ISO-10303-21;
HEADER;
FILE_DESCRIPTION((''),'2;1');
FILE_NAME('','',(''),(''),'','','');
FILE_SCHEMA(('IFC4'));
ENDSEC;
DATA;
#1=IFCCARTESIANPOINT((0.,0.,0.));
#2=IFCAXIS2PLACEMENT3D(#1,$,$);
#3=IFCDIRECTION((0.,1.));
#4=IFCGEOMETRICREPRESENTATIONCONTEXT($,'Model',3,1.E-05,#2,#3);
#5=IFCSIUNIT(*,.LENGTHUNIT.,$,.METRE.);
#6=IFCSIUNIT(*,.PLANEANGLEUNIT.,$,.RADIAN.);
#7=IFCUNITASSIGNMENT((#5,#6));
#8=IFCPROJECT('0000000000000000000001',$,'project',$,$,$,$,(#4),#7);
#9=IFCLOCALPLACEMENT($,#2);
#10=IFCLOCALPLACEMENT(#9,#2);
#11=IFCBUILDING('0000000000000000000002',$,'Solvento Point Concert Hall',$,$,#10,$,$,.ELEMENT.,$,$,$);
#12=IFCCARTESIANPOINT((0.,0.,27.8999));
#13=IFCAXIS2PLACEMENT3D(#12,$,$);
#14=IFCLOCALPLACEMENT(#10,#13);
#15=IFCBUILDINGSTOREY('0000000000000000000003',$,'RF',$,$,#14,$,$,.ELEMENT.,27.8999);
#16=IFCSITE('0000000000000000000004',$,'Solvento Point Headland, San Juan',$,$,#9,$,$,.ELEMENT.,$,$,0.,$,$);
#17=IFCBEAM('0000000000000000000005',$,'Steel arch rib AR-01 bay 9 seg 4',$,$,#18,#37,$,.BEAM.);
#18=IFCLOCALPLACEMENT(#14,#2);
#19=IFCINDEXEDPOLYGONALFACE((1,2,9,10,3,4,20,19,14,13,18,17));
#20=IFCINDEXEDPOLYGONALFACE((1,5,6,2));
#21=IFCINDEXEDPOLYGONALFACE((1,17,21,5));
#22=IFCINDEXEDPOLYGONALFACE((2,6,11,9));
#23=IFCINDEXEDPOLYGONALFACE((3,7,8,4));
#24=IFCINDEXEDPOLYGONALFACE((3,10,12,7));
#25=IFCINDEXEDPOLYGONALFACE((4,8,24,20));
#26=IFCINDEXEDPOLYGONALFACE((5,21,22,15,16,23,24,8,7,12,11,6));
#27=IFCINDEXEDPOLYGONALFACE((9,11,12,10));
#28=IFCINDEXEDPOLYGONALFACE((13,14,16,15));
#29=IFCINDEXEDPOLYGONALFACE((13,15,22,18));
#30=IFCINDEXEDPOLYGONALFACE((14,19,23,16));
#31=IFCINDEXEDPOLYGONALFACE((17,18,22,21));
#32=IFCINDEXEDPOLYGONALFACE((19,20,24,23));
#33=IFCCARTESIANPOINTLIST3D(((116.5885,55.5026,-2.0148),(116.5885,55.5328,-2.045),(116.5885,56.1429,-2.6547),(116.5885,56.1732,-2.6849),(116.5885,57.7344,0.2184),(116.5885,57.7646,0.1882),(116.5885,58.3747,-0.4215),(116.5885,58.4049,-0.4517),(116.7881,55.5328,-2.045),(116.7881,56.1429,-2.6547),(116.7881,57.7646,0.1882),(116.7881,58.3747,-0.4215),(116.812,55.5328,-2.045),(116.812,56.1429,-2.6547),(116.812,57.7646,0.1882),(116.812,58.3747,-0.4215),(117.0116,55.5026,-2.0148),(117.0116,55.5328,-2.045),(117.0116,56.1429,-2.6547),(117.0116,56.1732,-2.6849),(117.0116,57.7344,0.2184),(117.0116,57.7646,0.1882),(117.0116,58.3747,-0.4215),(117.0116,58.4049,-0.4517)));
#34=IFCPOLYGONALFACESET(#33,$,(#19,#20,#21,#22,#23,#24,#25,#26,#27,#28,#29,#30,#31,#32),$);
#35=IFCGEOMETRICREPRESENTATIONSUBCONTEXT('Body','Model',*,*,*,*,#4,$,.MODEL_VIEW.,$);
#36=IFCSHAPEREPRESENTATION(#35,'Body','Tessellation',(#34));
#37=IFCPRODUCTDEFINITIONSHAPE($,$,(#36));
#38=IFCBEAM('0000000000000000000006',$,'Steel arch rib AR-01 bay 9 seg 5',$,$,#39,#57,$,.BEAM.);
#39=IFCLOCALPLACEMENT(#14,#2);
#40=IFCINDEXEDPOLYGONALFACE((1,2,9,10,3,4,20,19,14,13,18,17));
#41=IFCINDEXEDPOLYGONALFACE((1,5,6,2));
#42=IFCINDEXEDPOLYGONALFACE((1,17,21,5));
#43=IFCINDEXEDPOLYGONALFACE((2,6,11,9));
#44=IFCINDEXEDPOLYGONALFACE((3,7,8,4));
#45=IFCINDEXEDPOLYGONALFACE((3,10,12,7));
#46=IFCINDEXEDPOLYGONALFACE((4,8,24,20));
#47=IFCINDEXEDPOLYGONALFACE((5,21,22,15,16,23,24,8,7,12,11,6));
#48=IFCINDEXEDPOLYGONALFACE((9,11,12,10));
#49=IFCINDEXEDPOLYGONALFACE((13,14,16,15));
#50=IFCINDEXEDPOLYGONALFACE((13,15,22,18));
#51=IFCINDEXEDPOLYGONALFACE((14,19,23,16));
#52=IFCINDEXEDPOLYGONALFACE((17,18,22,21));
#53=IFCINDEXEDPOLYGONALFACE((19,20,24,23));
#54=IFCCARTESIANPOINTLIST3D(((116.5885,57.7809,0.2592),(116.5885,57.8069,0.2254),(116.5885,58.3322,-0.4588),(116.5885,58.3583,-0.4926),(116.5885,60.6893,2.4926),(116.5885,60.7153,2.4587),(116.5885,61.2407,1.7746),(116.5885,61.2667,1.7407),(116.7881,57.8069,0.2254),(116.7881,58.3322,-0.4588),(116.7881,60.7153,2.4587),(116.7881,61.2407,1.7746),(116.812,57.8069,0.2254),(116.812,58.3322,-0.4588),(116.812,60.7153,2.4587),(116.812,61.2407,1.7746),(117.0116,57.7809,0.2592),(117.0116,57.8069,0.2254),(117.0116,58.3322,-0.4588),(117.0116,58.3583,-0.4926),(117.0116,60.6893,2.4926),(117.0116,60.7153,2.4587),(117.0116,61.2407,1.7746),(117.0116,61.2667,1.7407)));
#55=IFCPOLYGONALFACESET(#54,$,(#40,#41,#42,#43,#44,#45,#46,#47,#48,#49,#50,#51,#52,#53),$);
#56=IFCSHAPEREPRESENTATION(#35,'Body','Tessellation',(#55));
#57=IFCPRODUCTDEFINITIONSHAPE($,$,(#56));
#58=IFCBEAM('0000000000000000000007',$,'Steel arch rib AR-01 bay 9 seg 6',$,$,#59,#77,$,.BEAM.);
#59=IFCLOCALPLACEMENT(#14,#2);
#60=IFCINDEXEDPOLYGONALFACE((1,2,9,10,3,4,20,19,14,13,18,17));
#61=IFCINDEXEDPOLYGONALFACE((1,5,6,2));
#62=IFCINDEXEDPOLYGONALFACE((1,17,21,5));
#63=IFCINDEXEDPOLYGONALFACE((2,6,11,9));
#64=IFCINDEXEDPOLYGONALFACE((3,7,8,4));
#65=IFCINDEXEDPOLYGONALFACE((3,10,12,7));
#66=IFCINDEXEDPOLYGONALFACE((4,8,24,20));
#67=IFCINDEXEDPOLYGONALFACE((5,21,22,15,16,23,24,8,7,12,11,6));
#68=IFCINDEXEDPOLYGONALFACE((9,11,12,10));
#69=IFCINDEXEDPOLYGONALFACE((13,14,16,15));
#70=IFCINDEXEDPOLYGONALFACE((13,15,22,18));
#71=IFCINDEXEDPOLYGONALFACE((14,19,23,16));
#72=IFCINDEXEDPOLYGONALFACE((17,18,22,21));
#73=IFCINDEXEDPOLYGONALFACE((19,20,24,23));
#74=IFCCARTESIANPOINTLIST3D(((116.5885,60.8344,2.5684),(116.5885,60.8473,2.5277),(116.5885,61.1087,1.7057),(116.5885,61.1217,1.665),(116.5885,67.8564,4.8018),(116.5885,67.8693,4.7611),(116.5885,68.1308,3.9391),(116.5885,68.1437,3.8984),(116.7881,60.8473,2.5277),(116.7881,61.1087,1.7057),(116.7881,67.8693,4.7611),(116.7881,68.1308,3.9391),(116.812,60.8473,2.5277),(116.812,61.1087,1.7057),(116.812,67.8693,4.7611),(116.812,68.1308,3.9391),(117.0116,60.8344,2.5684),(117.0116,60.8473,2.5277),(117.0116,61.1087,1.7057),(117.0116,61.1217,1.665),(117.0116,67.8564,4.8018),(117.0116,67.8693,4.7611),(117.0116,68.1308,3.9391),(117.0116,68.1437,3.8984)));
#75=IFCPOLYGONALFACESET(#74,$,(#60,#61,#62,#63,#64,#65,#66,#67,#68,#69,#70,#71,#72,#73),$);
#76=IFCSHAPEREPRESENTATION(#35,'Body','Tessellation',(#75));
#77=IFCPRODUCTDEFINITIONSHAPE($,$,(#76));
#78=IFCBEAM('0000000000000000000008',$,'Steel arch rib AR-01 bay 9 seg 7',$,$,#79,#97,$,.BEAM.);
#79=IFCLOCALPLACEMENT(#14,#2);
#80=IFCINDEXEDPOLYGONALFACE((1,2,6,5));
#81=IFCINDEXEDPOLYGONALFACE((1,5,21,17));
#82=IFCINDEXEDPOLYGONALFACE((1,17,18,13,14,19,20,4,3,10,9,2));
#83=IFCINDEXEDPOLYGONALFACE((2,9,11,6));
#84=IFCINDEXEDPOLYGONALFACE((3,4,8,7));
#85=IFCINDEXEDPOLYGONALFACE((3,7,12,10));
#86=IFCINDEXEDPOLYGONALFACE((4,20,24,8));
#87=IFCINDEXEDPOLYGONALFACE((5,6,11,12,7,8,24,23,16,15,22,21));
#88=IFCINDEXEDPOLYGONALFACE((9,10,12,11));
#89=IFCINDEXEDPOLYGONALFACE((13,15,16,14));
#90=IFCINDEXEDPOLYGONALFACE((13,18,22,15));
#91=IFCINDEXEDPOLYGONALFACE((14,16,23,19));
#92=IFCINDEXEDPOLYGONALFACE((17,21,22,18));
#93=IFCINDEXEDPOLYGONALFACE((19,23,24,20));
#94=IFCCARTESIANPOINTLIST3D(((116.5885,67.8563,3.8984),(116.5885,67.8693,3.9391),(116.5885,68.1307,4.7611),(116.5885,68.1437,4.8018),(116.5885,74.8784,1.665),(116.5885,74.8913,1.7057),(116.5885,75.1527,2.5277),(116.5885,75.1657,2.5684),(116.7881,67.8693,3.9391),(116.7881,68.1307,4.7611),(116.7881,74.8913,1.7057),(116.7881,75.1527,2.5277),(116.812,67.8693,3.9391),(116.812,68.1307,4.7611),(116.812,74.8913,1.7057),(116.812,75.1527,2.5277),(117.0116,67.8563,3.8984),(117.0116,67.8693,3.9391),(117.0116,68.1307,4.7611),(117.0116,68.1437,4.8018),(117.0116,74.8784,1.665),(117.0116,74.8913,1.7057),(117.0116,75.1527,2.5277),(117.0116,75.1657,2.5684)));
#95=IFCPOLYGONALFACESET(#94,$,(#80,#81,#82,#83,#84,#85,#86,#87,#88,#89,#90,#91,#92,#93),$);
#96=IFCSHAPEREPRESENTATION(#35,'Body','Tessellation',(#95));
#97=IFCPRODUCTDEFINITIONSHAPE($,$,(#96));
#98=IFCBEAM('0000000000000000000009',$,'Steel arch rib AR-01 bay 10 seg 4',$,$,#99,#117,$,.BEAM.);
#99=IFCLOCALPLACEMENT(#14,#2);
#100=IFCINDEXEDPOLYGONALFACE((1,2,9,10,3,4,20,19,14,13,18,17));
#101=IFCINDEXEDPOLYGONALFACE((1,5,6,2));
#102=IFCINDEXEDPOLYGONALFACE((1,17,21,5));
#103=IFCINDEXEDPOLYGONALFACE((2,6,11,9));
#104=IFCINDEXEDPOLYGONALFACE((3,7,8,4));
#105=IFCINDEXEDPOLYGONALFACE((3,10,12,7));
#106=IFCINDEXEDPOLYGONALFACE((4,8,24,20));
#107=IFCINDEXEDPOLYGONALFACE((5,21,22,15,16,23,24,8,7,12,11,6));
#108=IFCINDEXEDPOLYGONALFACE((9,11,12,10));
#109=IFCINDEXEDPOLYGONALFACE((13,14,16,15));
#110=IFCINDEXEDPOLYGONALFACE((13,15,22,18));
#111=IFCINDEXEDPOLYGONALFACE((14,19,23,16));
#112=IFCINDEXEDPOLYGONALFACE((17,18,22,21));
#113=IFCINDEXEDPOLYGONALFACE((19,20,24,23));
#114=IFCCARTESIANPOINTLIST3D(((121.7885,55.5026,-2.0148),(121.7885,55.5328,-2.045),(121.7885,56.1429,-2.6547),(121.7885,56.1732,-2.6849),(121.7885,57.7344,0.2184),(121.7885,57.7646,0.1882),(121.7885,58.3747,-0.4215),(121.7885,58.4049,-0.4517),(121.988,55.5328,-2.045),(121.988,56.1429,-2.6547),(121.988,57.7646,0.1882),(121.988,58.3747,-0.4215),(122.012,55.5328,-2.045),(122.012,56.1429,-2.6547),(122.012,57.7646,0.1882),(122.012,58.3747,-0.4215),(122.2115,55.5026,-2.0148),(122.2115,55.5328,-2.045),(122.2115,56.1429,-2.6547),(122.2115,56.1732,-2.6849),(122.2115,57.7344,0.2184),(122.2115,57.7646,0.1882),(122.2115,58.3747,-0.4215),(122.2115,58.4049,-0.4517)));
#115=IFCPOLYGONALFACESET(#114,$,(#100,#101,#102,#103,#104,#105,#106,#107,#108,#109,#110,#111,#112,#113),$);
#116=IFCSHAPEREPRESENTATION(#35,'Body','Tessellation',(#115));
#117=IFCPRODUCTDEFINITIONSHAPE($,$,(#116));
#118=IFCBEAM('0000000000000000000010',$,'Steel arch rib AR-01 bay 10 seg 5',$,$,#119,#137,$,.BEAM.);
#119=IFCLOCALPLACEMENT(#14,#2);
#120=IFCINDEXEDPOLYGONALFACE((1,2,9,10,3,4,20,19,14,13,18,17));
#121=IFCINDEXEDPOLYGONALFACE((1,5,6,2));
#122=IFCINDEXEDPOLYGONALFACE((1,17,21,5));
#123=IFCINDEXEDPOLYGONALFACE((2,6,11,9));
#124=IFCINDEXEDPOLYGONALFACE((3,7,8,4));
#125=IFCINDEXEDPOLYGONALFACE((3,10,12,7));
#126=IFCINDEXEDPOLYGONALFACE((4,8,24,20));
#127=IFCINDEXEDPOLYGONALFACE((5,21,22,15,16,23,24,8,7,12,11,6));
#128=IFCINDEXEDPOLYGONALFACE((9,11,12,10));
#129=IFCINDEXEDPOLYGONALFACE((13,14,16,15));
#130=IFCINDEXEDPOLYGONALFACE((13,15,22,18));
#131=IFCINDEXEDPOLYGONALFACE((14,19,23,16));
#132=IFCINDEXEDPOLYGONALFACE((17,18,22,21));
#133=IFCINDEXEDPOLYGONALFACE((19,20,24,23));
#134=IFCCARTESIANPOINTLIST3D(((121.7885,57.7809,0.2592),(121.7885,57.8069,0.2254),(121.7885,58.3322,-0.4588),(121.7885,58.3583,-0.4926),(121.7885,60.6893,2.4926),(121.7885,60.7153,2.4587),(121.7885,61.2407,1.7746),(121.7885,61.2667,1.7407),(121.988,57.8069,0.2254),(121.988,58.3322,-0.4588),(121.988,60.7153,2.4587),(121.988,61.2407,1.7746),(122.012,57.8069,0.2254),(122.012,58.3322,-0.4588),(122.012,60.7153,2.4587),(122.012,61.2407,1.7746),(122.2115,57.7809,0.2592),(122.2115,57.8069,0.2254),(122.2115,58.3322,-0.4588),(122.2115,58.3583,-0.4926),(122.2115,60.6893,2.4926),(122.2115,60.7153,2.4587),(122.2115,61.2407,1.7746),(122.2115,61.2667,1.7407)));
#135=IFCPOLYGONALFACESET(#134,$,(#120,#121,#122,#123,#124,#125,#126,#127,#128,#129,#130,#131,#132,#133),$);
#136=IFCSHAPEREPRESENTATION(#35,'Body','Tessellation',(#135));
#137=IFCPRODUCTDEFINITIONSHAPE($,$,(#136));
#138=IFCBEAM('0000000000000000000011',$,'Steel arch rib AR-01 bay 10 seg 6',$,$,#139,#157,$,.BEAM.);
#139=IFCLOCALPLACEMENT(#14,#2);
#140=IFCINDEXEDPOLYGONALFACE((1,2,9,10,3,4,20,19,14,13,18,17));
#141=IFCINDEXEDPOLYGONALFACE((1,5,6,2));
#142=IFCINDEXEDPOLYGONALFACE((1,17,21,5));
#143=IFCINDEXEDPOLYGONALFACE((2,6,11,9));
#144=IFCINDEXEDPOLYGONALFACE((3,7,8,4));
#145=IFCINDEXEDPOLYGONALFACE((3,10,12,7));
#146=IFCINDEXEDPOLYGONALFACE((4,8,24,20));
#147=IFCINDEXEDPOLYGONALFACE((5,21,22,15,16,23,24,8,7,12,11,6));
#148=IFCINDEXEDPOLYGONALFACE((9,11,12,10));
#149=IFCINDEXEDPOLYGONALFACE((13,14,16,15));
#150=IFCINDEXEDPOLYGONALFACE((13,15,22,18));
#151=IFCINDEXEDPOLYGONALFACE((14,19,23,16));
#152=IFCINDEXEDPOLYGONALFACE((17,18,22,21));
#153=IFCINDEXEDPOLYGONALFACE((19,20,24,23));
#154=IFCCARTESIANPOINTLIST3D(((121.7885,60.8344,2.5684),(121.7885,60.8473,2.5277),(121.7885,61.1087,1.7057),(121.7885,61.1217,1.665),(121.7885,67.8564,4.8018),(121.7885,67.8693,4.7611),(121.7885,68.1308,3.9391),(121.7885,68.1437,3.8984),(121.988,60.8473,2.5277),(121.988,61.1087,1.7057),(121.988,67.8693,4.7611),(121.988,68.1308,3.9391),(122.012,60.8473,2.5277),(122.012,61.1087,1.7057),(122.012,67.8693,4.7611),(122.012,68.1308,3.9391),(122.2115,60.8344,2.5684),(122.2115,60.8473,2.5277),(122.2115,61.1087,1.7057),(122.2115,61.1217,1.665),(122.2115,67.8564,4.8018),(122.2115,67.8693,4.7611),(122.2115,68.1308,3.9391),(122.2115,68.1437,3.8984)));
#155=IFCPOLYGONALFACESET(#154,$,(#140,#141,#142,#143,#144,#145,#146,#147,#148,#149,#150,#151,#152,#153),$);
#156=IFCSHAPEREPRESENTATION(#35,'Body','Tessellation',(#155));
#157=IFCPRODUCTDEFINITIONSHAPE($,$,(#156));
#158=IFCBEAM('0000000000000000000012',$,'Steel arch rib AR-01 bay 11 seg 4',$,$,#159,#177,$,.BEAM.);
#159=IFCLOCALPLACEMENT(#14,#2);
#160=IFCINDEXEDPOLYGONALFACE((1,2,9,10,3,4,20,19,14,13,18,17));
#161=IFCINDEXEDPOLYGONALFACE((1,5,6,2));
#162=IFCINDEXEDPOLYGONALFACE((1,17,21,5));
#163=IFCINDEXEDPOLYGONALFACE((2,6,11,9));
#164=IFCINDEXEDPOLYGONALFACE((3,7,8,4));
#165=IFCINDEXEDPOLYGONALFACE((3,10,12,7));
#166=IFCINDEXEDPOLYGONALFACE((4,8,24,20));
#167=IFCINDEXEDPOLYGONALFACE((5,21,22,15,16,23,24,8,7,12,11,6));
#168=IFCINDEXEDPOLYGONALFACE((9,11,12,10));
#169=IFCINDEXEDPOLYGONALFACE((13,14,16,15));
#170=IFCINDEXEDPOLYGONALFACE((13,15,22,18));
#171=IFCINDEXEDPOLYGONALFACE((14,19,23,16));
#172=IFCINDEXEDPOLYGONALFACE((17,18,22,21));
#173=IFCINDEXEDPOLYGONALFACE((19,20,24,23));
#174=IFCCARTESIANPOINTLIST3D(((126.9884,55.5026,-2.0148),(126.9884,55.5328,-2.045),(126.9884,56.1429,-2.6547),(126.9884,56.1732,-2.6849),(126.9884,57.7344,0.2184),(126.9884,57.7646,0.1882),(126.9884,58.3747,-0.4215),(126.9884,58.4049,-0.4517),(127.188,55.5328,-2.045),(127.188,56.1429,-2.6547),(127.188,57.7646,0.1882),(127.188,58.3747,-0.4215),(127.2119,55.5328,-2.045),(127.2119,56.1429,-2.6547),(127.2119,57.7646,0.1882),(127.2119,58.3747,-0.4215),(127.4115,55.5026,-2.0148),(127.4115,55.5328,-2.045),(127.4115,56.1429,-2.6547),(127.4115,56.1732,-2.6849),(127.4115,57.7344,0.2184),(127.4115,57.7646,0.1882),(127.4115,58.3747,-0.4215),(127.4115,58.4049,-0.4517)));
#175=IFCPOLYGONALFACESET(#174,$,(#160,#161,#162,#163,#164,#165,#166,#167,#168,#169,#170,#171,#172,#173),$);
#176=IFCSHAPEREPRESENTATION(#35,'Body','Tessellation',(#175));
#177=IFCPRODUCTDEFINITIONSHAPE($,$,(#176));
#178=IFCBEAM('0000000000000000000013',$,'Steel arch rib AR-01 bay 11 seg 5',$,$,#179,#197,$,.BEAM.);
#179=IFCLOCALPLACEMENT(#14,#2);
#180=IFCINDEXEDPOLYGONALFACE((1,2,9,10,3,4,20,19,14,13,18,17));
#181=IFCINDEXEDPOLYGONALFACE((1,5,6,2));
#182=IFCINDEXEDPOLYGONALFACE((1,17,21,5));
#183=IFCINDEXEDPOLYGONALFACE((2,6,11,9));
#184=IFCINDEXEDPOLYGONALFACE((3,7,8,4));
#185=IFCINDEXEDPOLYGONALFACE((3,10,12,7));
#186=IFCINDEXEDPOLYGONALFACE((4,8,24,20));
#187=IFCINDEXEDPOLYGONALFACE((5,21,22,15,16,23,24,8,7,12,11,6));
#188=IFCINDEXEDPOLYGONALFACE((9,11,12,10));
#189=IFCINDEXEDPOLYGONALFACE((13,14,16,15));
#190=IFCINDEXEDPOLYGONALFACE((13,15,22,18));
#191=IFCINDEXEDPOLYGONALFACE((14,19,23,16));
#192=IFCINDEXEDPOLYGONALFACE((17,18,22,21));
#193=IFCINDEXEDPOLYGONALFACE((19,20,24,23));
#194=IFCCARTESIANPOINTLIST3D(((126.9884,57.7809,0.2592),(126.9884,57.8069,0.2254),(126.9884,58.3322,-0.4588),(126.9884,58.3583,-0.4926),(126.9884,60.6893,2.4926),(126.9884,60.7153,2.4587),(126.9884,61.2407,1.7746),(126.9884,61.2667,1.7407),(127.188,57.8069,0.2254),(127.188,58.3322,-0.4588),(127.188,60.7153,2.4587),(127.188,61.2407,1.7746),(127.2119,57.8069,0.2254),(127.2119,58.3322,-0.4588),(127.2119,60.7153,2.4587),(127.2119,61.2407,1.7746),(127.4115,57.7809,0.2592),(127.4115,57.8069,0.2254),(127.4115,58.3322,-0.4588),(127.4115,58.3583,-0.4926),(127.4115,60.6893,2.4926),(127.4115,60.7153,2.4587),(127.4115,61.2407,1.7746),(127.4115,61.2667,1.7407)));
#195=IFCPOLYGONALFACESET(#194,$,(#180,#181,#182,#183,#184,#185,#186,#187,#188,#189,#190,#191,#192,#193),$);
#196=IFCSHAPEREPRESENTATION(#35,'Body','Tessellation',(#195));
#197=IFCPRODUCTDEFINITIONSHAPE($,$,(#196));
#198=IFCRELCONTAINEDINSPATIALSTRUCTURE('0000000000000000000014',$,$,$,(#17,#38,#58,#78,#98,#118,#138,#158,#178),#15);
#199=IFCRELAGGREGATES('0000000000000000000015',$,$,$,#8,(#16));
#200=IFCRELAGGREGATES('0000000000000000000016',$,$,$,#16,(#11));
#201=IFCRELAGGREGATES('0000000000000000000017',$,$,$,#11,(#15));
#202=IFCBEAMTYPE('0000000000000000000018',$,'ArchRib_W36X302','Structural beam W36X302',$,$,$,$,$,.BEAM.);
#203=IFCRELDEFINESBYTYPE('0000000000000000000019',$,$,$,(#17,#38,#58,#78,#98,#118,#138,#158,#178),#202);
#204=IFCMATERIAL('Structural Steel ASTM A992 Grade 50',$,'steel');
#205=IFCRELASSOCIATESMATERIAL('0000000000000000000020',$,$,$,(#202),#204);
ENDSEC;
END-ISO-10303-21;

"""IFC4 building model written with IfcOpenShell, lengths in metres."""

from ifc_helpers import new_model, si_unit, direction, frame, origin, origin_2d, place, context, subcontext, project, spatial, i_section, extrude, material, material_profile, profile_set, type_object, element, save


model = new_model("IFC4")

# Units and contexts
model_context = context("Model", 3, precision=1e-05, world=origin(), true_north=direction((0.0, 1.0)))
body_context = subcontext(model_context, "Body", "Model", "MODEL_VIEW")
ifc_project = project(units=[si_unit("LENGTHUNIT", "METRE"), si_unit("PLANEANGLEUNIT", "RADIAN")], contexts=[model_context])

# Site, building, storey
site_placement = place(None, origin())
site = spatial("IfcSite", under=ifc_project, at=site_placement, Name="Solvento Point Headland, San Juan", CompositionType="ELEMENT", RefElevation=0.0)
building_placement = place(site_placement, origin())
building = spatial("IfcBuilding", under=site, at=building_placement, Name="Solvento Point Concert Hall", CompositionType="ELEMENT")
storey_placement = place(building_placement, frame((0.0, 0.0, 27.8999)))
storey = spatial("IfcBuildingStorey", under=building, at=storey_placement, Name="RF", CompositionType="ELEMENT", Elevation=27.8999)

# Beams
ifc_material_1 = material(Name="Structural Steel ASTM A992 Grade 50", Category="steel")
ifc_material_profile_1 = material_profile(ifc_material_1, i_section(OverallWidth=0.4231, OverallDepth=0.948, WebThickness=0.0239, FlangeThickness=0.0427, at=origin_2d()), Name="W36X302")
ifc_profile_set_1 = profile_set([ifc_material_profile_1], Name="Structural Steel ASTM A992 Grade 50")
beam_type = type_object("IfcBeamType", Name="ArchRib_W36X302", Description="Structural beam W36X302", PredefinedType="BEAM", material=ifc_profile_set_1)
beam_1_placement = place(storey_placement, frame((116.8, 55.8379, -2.3499), z_axis=(0.0, 0.706875, 0.707339), x_axis=(-1.0, 0.0, 0.0)))
element("IfcBeam", 1, at=beam_1_placement, inside=storey, type_object=beam_type, Name="Steel arch rib AR-01 bay 9 seg 4", PredefinedType="BEAM", context=body_context, shape_type="SweptSolid", body=[
    extrude(i_section(OverallWidth=0.4231, OverallDepth=0.948, WebThickness=0.0239, FlangeThickness=0.0427, at=origin_2d()), origin(), (0.0, 0.0, 1.0), 3.1572),
])
beam_2_placement = place(storey_placement, frame((116.8, 58.0696, -0.1167), z_axis=(0.0, 0.793134, 0.609048), x_axis=(-1.0, 0.0, 0.0)))
element("IfcBeam", 2, at=beam_2_placement, inside=storey, type_object=beam_type, Name="Steel arch rib AR-01 bay 9 seg 5", PredefinedType="BEAM", context=body_context, shape_type="SweptSolid", body=[
    extrude(i_section(OverallWidth=0.4231, OverallDepth=0.948, WebThickness=0.0239, FlangeThickness=0.0427, at=origin_2d()), origin(), (0.0, 0.0, 1.0), 3.667),
])
for number, where, z_axis, x_axis, name in (
    (3, (116.8, 60.978, 2.1167), (0.0, 0.95296, 0.303097), (-1.0, 0.0, 0.0), "Steel arch rib AR-01 bay 9 seg 6"),
    (4, (116.8, 68.0, 4.3501), (0.0, 0.95296, -0.303097), (-1.0, 0.0, 0.0), "Steel arch rib AR-01 bay 9 seg 7"),
):
    element("IfcBeam", number, at=place(storey_placement, frame(where, z_axis=z_axis, x_axis=x_axis)), inside=storey, type_object=beam_type, Name=name, PredefinedType="BEAM", context=body_context, shape_type="SweptSolid", body=[
        extrude(i_section(OverallWidth=0.4231, OverallDepth=0.948, WebThickness=0.0239, FlangeThickness=0.0427, at=origin_2d()), origin(), (0.0, 0.0, 1.0), 7.3687),
    ])
beam_3_placement = place(storey_placement, frame((122.0, 55.8379, -2.3499), z_axis=(0.0, 0.706875, 0.707339), x_axis=(-1.0, 0.0, 0.0)))
element("IfcBeam", 5, at=beam_3_placement, inside=storey, type_object=beam_type, Name="Steel arch rib AR-01 bay 10 seg 4", PredefinedType="BEAM", context=body_context, shape_type="SweptSolid", body=[
    extrude(i_section(OverallWidth=0.4231, OverallDepth=0.948, WebThickness=0.0239, FlangeThickness=0.0427, at=origin_2d()), origin(), (0.0, 0.0, 1.0), 3.1572),
])
beam_4_placement = place(storey_placement, frame((122.0, 58.0696, -0.1167), z_axis=(0.0, 0.793134, 0.609048), x_axis=(-1.0, 0.0, 0.0)))
element("IfcBeam", 6, at=beam_4_placement, inside=storey, type_object=beam_type, Name="Steel arch rib AR-01 bay 10 seg 5", PredefinedType="BEAM", context=body_context, shape_type="SweptSolid", body=[
    extrude(i_section(OverallWidth=0.4231, OverallDepth=0.948, WebThickness=0.0239, FlangeThickness=0.0427, at=origin_2d()), origin(), (0.0, 0.0, 1.0), 3.667),
])
beam_5_placement = place(storey_placement, frame((122.0, 60.978, 2.1167), z_axis=(0.0, 0.95296, 0.303097), x_axis=(-1.0, 0.0, 0.0)))
element("IfcBeam", 7, at=beam_5_placement, inside=storey, type_object=beam_type, Name="Steel arch rib AR-01 bay 10 seg 6", PredefinedType="BEAM", context=body_context, shape_type="SweptSolid", body=[
    extrude(i_section(OverallWidth=0.4231, OverallDepth=0.948, WebThickness=0.0239, FlangeThickness=0.0427, at=origin_2d()), origin(), (0.0, 0.0, 1.0), 7.3687),
])
beam_6_placement = place(storey_placement, frame((127.2, 55.8379, -2.3499), z_axis=(0.0, 0.706875, 0.707339), x_axis=(-1.0, 0.0, 0.0)))
element("IfcBeam", 8, at=beam_6_placement, inside=storey, type_object=beam_type, Name="Steel arch rib AR-01 bay 11 seg 4", PredefinedType="BEAM", context=body_context, shape_type="SweptSolid", body=[
    extrude(i_section(OverallWidth=0.4231, OverallDepth=0.948, WebThickness=0.0239, FlangeThickness=0.0427, at=origin_2d()), origin(), (0.0, 0.0, 1.0), 3.1572),
])
beam_7_placement = place(storey_placement, frame((127.2, 58.0696, -0.1167), z_axis=(0.0, 0.793134, 0.609048), x_axis=(-1.0, 0.0, 0.0)))
element("IfcBeam", 9, at=beam_7_placement, inside=storey, type_object=beam_type, Name="Steel arch rib AR-01 bay 11 seg 5", PredefinedType="BEAM", context=body_context, shape_type="SweptSolid", body=[
    extrude(i_section(OverallWidth=0.4231, OverallDepth=0.948, WebThickness=0.0239, FlangeThickness=0.0427, at=origin_2d()), origin(), (0.0, 0.0, 1.0), 3.667),
])

save(model, "model.ifc")
